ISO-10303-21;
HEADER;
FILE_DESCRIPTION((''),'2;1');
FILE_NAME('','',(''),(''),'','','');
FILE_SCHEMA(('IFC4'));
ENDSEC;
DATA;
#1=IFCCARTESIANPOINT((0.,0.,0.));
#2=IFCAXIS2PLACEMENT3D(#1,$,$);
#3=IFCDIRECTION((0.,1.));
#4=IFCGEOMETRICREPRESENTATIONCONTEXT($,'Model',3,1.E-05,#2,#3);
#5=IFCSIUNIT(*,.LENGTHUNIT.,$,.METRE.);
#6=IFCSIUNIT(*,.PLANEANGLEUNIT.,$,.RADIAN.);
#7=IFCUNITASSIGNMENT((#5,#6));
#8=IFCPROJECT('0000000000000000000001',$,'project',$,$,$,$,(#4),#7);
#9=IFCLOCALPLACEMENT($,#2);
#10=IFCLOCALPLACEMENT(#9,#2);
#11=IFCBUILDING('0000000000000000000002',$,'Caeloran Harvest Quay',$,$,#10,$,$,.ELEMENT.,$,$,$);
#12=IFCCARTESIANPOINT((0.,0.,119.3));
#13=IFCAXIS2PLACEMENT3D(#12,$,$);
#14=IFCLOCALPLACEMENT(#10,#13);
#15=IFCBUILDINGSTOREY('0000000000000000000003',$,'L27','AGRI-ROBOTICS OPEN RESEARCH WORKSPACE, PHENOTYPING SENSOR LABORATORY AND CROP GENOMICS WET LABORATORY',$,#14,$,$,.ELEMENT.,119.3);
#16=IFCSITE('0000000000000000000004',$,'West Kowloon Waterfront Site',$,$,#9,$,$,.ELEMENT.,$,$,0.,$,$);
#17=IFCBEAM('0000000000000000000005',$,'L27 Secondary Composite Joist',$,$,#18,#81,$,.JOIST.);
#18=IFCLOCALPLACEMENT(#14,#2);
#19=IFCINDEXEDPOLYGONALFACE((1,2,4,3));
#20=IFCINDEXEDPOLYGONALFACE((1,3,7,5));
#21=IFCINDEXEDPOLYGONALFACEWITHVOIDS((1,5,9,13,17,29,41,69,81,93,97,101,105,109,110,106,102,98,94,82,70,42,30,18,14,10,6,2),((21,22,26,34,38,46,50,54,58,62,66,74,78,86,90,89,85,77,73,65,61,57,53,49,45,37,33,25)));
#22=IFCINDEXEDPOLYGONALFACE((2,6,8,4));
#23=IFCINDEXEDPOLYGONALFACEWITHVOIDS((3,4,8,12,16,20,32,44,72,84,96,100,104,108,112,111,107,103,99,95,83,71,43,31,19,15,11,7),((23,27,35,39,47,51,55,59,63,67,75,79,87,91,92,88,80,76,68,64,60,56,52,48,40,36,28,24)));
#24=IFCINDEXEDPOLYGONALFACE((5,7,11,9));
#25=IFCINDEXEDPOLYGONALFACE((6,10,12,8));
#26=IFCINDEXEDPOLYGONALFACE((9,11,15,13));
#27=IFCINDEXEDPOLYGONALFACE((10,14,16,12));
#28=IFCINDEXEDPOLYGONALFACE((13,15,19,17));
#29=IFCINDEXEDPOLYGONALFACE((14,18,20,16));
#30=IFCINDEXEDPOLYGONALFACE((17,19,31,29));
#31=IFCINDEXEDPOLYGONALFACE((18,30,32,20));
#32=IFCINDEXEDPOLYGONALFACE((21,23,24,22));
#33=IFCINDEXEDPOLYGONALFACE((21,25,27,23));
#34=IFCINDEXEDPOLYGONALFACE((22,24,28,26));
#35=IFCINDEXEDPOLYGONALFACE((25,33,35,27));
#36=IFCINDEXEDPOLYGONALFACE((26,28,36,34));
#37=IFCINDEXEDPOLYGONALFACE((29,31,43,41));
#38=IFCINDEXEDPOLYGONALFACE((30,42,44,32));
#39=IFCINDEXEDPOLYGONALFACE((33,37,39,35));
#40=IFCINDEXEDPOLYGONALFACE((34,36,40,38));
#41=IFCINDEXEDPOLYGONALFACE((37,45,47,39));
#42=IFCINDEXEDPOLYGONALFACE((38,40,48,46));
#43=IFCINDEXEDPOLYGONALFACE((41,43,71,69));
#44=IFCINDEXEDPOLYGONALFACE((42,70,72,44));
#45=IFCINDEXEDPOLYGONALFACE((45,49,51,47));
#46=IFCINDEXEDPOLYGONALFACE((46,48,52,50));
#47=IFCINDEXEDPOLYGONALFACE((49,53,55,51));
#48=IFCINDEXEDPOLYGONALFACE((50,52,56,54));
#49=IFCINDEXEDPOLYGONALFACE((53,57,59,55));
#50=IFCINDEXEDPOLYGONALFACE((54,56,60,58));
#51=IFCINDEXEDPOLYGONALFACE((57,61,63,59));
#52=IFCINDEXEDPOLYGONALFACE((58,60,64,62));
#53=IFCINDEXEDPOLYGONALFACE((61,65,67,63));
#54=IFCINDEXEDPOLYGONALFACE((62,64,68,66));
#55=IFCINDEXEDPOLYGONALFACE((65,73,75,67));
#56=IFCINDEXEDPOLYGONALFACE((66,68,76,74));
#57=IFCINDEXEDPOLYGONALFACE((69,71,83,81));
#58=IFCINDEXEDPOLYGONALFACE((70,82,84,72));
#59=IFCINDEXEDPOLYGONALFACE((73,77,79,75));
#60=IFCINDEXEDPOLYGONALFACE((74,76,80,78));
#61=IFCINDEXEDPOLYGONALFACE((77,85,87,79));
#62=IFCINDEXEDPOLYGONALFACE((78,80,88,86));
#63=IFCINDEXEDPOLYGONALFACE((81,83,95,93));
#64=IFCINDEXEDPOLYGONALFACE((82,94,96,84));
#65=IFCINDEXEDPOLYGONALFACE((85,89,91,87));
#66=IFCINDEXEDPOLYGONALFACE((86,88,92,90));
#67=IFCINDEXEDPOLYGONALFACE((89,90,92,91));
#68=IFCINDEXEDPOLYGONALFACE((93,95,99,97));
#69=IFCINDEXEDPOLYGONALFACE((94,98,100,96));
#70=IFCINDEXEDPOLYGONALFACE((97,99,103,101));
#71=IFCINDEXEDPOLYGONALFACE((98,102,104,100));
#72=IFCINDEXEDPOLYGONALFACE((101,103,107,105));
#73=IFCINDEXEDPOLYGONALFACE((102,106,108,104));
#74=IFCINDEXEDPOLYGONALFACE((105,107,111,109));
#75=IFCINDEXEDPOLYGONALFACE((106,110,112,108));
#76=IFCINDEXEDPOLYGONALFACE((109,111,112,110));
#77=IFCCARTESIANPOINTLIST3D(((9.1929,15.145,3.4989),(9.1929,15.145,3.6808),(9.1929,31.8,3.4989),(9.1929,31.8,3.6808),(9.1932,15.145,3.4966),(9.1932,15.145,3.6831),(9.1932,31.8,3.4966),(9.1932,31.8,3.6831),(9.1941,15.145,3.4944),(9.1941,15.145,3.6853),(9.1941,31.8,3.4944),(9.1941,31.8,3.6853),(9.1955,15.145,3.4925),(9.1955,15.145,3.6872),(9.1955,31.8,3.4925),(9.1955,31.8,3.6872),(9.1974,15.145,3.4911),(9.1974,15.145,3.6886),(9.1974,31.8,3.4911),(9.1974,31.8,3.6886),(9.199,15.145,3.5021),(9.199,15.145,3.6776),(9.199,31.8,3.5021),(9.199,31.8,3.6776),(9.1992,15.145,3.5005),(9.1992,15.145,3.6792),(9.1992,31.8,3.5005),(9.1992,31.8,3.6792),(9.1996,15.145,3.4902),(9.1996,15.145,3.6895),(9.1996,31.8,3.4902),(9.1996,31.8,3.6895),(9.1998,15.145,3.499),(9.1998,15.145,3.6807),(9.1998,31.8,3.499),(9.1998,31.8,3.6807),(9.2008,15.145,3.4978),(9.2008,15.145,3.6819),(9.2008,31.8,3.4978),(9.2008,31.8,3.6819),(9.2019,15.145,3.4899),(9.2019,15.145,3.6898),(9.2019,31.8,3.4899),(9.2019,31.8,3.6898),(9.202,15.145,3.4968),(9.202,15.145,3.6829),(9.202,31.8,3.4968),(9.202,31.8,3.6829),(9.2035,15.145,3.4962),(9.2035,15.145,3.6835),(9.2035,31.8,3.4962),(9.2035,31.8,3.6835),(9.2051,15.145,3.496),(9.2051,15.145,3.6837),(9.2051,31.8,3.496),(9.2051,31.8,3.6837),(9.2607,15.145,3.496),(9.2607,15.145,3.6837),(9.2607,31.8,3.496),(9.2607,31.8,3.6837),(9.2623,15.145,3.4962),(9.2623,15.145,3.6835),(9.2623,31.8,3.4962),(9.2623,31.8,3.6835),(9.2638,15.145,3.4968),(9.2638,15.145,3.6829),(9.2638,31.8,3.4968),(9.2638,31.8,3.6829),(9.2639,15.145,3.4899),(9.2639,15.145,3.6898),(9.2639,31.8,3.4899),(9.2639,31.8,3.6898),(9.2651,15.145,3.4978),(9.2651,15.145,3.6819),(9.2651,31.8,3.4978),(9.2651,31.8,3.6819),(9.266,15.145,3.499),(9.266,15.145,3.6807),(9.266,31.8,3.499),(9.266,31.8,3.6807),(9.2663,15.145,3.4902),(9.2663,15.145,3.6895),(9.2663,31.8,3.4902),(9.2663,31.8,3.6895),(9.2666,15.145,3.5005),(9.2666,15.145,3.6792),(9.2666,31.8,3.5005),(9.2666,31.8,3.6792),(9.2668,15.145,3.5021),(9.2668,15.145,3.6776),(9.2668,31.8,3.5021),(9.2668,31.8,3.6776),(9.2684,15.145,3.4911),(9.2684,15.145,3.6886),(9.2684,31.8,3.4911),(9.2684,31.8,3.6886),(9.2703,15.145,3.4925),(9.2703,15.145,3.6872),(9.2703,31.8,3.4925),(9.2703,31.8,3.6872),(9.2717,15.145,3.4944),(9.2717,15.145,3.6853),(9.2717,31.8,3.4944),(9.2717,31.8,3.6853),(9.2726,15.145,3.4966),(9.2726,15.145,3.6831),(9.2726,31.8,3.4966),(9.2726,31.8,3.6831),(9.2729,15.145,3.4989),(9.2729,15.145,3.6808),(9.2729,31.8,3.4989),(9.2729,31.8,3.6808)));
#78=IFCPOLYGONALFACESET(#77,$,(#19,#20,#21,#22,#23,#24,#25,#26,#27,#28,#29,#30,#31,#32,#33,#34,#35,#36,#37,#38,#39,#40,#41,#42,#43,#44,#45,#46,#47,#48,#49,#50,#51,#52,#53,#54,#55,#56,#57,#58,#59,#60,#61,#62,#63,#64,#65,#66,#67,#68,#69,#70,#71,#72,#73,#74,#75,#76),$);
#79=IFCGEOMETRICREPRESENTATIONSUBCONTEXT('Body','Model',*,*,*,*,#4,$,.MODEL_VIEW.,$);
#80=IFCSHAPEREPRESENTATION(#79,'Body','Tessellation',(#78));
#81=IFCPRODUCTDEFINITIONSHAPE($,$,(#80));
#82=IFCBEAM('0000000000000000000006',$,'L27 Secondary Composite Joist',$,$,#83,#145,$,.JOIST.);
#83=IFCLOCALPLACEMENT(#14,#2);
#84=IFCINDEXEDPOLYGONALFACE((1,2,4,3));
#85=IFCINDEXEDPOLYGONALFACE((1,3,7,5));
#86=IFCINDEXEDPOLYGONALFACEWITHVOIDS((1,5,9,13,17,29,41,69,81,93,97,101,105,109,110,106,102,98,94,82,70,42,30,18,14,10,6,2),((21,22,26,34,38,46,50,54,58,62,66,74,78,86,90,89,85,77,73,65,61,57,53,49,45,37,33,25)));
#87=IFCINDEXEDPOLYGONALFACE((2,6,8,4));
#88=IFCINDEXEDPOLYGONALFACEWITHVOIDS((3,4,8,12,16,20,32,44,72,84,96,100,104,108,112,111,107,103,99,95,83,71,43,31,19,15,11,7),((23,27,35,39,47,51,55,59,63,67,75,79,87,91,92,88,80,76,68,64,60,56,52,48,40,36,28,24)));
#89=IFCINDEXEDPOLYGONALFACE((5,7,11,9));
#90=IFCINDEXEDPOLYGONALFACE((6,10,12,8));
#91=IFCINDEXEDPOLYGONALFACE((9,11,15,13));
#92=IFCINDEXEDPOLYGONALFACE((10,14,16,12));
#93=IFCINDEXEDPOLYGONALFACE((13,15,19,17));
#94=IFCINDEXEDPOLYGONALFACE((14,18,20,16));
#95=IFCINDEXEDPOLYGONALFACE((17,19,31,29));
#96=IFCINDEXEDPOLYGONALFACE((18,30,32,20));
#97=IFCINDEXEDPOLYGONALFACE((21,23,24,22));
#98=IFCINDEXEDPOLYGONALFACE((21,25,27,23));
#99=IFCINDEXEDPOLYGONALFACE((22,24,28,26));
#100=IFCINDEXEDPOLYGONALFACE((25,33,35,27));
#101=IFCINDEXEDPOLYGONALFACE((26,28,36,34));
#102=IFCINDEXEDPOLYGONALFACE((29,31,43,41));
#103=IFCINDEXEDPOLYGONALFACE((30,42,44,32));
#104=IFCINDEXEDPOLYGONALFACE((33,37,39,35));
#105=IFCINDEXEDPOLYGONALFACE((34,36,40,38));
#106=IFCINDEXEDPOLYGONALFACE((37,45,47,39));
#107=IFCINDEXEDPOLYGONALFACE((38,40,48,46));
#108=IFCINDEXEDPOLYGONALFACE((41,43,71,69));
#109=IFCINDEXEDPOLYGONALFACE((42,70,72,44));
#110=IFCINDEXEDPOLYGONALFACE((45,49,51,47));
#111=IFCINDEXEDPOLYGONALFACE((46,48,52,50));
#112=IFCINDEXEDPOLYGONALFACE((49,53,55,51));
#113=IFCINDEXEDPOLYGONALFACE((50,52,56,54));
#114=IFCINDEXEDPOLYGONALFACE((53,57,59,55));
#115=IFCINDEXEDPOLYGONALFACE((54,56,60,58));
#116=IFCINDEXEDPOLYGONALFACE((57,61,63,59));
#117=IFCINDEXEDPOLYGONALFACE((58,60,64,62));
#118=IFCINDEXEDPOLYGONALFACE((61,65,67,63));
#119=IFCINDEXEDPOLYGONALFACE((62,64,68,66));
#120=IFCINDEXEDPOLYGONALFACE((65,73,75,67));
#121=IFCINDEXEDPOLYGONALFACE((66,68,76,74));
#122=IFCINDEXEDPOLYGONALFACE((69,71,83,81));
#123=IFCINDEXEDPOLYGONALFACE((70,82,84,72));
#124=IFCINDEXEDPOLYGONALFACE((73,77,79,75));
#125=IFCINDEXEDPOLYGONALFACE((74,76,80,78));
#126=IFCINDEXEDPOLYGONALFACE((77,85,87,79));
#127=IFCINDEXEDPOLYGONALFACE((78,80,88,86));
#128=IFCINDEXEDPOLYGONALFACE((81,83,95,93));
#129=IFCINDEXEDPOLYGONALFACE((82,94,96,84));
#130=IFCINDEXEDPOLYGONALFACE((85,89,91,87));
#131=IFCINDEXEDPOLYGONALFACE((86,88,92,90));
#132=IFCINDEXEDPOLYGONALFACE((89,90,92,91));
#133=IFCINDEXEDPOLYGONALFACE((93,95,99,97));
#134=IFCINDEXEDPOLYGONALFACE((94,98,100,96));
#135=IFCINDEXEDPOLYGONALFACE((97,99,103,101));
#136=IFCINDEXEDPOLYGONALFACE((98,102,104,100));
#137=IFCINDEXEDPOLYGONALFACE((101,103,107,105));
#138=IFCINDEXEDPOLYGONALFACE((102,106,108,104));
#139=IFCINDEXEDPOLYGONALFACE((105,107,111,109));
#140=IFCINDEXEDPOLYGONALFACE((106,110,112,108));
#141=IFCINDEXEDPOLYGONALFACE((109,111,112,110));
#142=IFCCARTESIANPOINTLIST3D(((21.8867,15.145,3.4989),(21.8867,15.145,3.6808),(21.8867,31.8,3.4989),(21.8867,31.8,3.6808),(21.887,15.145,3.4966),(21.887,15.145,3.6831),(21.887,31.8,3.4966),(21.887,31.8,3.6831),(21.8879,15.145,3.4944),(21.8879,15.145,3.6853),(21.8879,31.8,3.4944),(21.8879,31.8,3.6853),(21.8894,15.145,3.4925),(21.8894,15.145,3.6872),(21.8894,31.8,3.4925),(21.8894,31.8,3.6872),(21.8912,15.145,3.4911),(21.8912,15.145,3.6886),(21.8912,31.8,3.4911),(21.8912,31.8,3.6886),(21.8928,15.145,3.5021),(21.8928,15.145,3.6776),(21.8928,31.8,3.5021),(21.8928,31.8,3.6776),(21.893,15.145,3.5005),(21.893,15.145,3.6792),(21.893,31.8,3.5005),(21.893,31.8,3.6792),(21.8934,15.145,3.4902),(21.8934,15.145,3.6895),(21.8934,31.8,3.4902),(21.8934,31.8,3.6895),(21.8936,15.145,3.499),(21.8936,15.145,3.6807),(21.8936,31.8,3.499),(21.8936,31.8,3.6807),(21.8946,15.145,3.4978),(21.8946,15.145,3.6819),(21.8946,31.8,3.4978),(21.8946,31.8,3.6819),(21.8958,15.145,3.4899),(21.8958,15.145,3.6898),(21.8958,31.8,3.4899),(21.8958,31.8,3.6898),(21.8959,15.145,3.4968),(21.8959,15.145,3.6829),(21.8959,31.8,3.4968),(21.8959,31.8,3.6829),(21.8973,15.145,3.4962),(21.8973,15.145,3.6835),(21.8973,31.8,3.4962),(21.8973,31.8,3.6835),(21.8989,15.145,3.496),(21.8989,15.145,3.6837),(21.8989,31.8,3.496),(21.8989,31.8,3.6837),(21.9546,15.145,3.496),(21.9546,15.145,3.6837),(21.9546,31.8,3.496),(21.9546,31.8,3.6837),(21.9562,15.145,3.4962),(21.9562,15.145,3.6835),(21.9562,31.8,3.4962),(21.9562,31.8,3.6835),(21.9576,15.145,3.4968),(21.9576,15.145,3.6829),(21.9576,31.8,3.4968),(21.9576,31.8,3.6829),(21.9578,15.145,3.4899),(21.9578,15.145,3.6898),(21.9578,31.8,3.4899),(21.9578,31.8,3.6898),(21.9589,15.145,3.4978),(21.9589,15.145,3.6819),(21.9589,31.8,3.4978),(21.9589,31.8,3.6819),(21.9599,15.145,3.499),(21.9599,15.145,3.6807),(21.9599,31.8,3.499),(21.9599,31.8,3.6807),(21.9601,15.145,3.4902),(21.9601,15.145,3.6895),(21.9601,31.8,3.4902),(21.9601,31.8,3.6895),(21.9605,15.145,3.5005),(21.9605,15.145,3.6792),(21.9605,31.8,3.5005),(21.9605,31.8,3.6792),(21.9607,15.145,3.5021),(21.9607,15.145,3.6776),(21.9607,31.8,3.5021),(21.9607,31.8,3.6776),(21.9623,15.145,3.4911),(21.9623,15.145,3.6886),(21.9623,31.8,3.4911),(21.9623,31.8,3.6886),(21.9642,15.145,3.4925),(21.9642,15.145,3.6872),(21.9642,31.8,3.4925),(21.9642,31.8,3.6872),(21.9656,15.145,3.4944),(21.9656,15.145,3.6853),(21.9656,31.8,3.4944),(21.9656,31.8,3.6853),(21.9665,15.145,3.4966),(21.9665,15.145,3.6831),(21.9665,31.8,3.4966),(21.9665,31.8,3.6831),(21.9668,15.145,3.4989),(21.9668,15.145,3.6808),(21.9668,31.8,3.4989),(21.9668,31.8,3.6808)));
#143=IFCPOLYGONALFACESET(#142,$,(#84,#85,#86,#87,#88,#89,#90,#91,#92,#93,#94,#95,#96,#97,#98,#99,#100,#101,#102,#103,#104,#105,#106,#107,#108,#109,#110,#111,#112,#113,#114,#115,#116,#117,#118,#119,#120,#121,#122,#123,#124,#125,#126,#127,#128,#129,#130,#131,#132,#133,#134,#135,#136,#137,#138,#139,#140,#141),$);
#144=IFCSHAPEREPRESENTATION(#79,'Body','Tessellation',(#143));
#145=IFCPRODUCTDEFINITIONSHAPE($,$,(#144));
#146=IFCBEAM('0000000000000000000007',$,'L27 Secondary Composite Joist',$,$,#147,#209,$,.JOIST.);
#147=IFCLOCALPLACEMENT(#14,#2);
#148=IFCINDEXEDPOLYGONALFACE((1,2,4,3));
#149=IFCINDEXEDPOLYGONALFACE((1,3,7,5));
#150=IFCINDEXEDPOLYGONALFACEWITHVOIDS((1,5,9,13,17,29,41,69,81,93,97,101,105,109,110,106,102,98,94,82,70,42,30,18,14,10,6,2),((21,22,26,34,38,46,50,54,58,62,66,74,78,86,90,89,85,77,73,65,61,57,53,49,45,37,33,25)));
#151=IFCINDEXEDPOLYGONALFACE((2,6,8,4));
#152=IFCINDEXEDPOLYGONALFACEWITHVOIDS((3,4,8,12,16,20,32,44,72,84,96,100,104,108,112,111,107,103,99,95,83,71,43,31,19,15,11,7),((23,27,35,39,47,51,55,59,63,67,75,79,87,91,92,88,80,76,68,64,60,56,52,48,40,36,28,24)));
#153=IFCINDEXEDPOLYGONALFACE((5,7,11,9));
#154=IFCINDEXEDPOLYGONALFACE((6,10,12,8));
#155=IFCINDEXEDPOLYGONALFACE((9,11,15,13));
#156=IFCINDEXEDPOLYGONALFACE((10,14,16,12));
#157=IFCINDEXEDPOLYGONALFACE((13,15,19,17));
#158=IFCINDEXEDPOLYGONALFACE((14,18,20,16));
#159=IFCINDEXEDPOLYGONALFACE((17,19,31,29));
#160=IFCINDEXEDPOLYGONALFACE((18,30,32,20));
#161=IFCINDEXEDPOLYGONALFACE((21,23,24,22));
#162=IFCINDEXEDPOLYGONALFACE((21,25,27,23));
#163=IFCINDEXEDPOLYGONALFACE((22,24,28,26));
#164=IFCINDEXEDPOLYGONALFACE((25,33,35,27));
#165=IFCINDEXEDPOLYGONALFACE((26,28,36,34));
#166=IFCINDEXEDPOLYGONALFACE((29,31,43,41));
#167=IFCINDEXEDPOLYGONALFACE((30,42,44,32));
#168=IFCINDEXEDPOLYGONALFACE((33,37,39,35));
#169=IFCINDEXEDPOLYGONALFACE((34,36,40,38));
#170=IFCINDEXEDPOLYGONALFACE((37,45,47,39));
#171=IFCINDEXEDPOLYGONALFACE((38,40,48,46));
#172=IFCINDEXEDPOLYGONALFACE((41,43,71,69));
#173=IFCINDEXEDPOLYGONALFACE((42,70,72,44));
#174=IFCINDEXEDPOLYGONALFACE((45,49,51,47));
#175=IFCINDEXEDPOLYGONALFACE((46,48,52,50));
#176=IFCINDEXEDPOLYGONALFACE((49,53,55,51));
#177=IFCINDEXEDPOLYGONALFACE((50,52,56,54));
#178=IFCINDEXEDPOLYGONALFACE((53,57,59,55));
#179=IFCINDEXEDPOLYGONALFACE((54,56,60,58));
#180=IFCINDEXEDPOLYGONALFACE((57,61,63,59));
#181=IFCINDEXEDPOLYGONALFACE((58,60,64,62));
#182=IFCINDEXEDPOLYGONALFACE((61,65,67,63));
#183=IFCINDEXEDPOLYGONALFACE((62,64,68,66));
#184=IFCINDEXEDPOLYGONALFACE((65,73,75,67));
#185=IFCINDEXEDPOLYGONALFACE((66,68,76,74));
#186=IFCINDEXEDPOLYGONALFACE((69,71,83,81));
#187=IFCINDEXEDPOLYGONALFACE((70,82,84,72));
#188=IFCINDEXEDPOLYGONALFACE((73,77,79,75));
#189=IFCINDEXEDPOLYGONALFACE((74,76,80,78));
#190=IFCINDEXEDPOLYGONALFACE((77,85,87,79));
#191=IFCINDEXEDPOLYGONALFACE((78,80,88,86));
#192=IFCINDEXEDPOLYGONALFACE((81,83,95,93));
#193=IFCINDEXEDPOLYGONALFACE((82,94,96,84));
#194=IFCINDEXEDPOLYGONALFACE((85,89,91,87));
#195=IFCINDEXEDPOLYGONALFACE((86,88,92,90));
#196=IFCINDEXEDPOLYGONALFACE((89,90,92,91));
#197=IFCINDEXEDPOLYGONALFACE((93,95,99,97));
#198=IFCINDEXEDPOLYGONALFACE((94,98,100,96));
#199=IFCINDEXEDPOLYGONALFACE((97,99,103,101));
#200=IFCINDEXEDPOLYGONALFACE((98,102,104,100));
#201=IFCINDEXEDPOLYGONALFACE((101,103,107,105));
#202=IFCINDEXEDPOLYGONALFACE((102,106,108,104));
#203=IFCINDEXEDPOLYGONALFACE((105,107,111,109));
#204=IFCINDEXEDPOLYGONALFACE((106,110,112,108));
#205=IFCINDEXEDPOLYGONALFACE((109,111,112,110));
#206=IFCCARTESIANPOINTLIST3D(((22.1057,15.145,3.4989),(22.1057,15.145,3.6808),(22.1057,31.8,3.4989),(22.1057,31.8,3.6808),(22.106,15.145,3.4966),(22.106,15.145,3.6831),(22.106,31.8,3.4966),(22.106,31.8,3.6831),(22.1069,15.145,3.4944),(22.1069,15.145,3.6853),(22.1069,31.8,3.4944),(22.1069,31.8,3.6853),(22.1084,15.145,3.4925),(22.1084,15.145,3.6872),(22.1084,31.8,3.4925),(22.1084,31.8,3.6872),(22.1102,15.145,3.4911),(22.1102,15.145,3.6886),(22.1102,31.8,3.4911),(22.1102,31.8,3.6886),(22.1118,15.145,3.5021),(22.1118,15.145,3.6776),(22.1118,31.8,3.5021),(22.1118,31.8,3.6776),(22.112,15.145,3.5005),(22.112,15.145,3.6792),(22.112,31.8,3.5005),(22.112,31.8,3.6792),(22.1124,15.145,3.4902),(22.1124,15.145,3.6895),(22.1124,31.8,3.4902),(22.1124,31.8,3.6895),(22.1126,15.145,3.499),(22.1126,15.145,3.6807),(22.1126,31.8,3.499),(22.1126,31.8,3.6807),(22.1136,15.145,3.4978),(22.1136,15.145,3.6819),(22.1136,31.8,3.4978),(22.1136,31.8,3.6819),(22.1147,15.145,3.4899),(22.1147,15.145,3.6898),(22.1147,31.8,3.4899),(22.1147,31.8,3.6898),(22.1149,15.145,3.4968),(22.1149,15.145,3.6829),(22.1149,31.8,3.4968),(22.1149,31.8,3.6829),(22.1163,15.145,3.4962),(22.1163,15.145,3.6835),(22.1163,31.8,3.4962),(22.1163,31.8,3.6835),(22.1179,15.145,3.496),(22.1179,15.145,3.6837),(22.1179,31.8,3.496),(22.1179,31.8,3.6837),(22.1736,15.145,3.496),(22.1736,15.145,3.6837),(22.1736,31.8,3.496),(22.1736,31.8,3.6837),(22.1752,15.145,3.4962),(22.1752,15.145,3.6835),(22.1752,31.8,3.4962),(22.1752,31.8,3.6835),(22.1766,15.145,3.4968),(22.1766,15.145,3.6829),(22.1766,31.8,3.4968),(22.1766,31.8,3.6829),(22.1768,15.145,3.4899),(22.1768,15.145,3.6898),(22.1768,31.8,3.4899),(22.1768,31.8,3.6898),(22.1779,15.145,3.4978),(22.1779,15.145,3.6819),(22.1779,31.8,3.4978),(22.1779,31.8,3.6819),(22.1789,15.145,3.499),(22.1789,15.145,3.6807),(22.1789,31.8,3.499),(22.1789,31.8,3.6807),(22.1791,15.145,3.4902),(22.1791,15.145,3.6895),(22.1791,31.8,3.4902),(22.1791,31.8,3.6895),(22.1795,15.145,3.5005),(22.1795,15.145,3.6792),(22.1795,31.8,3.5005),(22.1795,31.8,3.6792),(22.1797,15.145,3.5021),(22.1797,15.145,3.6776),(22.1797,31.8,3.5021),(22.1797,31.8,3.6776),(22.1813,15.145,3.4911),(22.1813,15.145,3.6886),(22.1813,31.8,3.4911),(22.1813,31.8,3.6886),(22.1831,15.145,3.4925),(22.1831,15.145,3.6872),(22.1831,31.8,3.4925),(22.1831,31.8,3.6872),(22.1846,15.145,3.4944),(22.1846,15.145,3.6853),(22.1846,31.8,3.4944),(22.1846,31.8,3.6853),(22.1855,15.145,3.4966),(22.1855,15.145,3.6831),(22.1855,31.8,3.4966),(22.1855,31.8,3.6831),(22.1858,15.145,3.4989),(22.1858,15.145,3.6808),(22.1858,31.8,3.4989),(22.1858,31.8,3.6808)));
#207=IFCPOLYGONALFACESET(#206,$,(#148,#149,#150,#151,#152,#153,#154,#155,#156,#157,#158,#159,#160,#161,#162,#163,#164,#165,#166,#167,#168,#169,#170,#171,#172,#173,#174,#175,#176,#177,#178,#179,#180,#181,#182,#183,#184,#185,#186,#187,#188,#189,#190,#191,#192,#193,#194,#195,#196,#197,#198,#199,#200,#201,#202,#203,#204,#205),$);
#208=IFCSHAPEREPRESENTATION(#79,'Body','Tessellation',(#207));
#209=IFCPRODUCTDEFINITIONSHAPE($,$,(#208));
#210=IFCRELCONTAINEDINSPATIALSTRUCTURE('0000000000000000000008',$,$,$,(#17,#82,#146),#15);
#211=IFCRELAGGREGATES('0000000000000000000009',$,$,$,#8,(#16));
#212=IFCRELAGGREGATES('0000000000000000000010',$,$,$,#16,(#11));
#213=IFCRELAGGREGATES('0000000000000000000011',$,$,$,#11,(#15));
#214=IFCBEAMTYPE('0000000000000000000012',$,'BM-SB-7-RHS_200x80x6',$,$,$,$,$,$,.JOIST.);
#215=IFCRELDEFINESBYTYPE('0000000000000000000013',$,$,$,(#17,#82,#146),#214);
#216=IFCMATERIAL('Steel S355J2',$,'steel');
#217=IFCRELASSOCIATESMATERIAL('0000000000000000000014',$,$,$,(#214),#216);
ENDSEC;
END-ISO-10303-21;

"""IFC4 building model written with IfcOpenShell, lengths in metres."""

from ifc_helpers import new_model, si_unit, direction, frame, origin, origin_2d, place, context, subcontext, project, spatial, hollow_rectangle, extrude, material, material_profile, profile_set, type_object, element, save


model = new_model("IFC4")

# Units and contexts
model_context = context("Model", 3, precision=1e-05, world=origin(), true_north=direction((0.0, 1.0)))
body_context = subcontext(model_context, "Body", "Model", "MODEL_VIEW")
ifc_project = project(units=[si_unit("LENGTHUNIT", "METRE"), si_unit("PLANEANGLEUNIT", "RADIAN")], contexts=[model_context])

# Site, building, storey
site_placement = place(None, origin())
site = spatial("IfcSite", under=ifc_project, at=site_placement, Name="West Kowloon Waterfront Site", CompositionType="ELEMENT", RefElevation=0.0)
building_placement = place(site_placement, origin())
building = spatial("IfcBuilding", under=site, at=building_placement, Name="Caeloran Harvest Quay", CompositionType="ELEMENT")
storey_placement = place(building_placement, frame((0.0, 0.0, 119.3)))
storey = spatial("IfcBuildingStorey", under=building, at=storey_placement, Name="L27", Description="AGRI-ROBOTICS OPEN RESEARCH WORKSPACE, PHENOTYPING SENSOR LABORATORY AND CROP GENOMICS WET LABORATORY", CompositionType="ELEMENT", Elevation=119.3)

# Beams
ifc_material_1 = material(Name="Steel S355J2", Category="steel")
ifc_material_profile_1 = material_profile(ifc_material_1, hollow_rectangle(XDim=0.0801, YDim=0.2, WallThickness=0.0061, InnerFilletRadius=0.0061, OuterFilletRadius=0.009, at=origin_2d()), Name="RHS 200x80x6")
ifc_profile_set_1 = profile_set([ifc_material_profile_1], Name="Steel S355J2")
beam_type_1 = type_object("IfcBeamType", Name="BM-SB-7-RHS_200x80x6", PredefinedType="JOIST", material=ifc_profile_set_1)
for number, where, z_axis, x_axis, name in (
    (1, (9.2329, 15.145, 3.5898), (0.0, 1.0, 0.0), (-1.0, 0.0, 0.0), "L27 Secondary Composite Joist"),
    (2, (21.9268, 15.145, 3.5898), (0.0, 1.0, 0.0), (-1.0, 0.0, 0.0), "L27 Secondary Composite Joist"),
    (3, (22.1458, 15.145, 3.5898), (0.0, 1.0, 0.0), (-1.0, 0.0, 0.0), "L27 Secondary Composite Joist"),
):
    element("IfcBeam", number, at=place(storey_placement, frame(where, z_axis=z_axis, x_axis=x_axis)), inside=storey, type_object=beam_type_1, Name=name, PredefinedType="JOIST", context=body_context, shape_type="SweptSolid", body=[
        extrude(hollow_rectangle(XDim=0.0801, YDim=0.2, WallThickness=0.0061, InnerFilletRadius=0.0061, OuterFilletRadius=0.009, at=origin_2d()), origin(), (0.0, 0.0, 1.0), 16.655),
    ])

save(model, "model.ifc")
